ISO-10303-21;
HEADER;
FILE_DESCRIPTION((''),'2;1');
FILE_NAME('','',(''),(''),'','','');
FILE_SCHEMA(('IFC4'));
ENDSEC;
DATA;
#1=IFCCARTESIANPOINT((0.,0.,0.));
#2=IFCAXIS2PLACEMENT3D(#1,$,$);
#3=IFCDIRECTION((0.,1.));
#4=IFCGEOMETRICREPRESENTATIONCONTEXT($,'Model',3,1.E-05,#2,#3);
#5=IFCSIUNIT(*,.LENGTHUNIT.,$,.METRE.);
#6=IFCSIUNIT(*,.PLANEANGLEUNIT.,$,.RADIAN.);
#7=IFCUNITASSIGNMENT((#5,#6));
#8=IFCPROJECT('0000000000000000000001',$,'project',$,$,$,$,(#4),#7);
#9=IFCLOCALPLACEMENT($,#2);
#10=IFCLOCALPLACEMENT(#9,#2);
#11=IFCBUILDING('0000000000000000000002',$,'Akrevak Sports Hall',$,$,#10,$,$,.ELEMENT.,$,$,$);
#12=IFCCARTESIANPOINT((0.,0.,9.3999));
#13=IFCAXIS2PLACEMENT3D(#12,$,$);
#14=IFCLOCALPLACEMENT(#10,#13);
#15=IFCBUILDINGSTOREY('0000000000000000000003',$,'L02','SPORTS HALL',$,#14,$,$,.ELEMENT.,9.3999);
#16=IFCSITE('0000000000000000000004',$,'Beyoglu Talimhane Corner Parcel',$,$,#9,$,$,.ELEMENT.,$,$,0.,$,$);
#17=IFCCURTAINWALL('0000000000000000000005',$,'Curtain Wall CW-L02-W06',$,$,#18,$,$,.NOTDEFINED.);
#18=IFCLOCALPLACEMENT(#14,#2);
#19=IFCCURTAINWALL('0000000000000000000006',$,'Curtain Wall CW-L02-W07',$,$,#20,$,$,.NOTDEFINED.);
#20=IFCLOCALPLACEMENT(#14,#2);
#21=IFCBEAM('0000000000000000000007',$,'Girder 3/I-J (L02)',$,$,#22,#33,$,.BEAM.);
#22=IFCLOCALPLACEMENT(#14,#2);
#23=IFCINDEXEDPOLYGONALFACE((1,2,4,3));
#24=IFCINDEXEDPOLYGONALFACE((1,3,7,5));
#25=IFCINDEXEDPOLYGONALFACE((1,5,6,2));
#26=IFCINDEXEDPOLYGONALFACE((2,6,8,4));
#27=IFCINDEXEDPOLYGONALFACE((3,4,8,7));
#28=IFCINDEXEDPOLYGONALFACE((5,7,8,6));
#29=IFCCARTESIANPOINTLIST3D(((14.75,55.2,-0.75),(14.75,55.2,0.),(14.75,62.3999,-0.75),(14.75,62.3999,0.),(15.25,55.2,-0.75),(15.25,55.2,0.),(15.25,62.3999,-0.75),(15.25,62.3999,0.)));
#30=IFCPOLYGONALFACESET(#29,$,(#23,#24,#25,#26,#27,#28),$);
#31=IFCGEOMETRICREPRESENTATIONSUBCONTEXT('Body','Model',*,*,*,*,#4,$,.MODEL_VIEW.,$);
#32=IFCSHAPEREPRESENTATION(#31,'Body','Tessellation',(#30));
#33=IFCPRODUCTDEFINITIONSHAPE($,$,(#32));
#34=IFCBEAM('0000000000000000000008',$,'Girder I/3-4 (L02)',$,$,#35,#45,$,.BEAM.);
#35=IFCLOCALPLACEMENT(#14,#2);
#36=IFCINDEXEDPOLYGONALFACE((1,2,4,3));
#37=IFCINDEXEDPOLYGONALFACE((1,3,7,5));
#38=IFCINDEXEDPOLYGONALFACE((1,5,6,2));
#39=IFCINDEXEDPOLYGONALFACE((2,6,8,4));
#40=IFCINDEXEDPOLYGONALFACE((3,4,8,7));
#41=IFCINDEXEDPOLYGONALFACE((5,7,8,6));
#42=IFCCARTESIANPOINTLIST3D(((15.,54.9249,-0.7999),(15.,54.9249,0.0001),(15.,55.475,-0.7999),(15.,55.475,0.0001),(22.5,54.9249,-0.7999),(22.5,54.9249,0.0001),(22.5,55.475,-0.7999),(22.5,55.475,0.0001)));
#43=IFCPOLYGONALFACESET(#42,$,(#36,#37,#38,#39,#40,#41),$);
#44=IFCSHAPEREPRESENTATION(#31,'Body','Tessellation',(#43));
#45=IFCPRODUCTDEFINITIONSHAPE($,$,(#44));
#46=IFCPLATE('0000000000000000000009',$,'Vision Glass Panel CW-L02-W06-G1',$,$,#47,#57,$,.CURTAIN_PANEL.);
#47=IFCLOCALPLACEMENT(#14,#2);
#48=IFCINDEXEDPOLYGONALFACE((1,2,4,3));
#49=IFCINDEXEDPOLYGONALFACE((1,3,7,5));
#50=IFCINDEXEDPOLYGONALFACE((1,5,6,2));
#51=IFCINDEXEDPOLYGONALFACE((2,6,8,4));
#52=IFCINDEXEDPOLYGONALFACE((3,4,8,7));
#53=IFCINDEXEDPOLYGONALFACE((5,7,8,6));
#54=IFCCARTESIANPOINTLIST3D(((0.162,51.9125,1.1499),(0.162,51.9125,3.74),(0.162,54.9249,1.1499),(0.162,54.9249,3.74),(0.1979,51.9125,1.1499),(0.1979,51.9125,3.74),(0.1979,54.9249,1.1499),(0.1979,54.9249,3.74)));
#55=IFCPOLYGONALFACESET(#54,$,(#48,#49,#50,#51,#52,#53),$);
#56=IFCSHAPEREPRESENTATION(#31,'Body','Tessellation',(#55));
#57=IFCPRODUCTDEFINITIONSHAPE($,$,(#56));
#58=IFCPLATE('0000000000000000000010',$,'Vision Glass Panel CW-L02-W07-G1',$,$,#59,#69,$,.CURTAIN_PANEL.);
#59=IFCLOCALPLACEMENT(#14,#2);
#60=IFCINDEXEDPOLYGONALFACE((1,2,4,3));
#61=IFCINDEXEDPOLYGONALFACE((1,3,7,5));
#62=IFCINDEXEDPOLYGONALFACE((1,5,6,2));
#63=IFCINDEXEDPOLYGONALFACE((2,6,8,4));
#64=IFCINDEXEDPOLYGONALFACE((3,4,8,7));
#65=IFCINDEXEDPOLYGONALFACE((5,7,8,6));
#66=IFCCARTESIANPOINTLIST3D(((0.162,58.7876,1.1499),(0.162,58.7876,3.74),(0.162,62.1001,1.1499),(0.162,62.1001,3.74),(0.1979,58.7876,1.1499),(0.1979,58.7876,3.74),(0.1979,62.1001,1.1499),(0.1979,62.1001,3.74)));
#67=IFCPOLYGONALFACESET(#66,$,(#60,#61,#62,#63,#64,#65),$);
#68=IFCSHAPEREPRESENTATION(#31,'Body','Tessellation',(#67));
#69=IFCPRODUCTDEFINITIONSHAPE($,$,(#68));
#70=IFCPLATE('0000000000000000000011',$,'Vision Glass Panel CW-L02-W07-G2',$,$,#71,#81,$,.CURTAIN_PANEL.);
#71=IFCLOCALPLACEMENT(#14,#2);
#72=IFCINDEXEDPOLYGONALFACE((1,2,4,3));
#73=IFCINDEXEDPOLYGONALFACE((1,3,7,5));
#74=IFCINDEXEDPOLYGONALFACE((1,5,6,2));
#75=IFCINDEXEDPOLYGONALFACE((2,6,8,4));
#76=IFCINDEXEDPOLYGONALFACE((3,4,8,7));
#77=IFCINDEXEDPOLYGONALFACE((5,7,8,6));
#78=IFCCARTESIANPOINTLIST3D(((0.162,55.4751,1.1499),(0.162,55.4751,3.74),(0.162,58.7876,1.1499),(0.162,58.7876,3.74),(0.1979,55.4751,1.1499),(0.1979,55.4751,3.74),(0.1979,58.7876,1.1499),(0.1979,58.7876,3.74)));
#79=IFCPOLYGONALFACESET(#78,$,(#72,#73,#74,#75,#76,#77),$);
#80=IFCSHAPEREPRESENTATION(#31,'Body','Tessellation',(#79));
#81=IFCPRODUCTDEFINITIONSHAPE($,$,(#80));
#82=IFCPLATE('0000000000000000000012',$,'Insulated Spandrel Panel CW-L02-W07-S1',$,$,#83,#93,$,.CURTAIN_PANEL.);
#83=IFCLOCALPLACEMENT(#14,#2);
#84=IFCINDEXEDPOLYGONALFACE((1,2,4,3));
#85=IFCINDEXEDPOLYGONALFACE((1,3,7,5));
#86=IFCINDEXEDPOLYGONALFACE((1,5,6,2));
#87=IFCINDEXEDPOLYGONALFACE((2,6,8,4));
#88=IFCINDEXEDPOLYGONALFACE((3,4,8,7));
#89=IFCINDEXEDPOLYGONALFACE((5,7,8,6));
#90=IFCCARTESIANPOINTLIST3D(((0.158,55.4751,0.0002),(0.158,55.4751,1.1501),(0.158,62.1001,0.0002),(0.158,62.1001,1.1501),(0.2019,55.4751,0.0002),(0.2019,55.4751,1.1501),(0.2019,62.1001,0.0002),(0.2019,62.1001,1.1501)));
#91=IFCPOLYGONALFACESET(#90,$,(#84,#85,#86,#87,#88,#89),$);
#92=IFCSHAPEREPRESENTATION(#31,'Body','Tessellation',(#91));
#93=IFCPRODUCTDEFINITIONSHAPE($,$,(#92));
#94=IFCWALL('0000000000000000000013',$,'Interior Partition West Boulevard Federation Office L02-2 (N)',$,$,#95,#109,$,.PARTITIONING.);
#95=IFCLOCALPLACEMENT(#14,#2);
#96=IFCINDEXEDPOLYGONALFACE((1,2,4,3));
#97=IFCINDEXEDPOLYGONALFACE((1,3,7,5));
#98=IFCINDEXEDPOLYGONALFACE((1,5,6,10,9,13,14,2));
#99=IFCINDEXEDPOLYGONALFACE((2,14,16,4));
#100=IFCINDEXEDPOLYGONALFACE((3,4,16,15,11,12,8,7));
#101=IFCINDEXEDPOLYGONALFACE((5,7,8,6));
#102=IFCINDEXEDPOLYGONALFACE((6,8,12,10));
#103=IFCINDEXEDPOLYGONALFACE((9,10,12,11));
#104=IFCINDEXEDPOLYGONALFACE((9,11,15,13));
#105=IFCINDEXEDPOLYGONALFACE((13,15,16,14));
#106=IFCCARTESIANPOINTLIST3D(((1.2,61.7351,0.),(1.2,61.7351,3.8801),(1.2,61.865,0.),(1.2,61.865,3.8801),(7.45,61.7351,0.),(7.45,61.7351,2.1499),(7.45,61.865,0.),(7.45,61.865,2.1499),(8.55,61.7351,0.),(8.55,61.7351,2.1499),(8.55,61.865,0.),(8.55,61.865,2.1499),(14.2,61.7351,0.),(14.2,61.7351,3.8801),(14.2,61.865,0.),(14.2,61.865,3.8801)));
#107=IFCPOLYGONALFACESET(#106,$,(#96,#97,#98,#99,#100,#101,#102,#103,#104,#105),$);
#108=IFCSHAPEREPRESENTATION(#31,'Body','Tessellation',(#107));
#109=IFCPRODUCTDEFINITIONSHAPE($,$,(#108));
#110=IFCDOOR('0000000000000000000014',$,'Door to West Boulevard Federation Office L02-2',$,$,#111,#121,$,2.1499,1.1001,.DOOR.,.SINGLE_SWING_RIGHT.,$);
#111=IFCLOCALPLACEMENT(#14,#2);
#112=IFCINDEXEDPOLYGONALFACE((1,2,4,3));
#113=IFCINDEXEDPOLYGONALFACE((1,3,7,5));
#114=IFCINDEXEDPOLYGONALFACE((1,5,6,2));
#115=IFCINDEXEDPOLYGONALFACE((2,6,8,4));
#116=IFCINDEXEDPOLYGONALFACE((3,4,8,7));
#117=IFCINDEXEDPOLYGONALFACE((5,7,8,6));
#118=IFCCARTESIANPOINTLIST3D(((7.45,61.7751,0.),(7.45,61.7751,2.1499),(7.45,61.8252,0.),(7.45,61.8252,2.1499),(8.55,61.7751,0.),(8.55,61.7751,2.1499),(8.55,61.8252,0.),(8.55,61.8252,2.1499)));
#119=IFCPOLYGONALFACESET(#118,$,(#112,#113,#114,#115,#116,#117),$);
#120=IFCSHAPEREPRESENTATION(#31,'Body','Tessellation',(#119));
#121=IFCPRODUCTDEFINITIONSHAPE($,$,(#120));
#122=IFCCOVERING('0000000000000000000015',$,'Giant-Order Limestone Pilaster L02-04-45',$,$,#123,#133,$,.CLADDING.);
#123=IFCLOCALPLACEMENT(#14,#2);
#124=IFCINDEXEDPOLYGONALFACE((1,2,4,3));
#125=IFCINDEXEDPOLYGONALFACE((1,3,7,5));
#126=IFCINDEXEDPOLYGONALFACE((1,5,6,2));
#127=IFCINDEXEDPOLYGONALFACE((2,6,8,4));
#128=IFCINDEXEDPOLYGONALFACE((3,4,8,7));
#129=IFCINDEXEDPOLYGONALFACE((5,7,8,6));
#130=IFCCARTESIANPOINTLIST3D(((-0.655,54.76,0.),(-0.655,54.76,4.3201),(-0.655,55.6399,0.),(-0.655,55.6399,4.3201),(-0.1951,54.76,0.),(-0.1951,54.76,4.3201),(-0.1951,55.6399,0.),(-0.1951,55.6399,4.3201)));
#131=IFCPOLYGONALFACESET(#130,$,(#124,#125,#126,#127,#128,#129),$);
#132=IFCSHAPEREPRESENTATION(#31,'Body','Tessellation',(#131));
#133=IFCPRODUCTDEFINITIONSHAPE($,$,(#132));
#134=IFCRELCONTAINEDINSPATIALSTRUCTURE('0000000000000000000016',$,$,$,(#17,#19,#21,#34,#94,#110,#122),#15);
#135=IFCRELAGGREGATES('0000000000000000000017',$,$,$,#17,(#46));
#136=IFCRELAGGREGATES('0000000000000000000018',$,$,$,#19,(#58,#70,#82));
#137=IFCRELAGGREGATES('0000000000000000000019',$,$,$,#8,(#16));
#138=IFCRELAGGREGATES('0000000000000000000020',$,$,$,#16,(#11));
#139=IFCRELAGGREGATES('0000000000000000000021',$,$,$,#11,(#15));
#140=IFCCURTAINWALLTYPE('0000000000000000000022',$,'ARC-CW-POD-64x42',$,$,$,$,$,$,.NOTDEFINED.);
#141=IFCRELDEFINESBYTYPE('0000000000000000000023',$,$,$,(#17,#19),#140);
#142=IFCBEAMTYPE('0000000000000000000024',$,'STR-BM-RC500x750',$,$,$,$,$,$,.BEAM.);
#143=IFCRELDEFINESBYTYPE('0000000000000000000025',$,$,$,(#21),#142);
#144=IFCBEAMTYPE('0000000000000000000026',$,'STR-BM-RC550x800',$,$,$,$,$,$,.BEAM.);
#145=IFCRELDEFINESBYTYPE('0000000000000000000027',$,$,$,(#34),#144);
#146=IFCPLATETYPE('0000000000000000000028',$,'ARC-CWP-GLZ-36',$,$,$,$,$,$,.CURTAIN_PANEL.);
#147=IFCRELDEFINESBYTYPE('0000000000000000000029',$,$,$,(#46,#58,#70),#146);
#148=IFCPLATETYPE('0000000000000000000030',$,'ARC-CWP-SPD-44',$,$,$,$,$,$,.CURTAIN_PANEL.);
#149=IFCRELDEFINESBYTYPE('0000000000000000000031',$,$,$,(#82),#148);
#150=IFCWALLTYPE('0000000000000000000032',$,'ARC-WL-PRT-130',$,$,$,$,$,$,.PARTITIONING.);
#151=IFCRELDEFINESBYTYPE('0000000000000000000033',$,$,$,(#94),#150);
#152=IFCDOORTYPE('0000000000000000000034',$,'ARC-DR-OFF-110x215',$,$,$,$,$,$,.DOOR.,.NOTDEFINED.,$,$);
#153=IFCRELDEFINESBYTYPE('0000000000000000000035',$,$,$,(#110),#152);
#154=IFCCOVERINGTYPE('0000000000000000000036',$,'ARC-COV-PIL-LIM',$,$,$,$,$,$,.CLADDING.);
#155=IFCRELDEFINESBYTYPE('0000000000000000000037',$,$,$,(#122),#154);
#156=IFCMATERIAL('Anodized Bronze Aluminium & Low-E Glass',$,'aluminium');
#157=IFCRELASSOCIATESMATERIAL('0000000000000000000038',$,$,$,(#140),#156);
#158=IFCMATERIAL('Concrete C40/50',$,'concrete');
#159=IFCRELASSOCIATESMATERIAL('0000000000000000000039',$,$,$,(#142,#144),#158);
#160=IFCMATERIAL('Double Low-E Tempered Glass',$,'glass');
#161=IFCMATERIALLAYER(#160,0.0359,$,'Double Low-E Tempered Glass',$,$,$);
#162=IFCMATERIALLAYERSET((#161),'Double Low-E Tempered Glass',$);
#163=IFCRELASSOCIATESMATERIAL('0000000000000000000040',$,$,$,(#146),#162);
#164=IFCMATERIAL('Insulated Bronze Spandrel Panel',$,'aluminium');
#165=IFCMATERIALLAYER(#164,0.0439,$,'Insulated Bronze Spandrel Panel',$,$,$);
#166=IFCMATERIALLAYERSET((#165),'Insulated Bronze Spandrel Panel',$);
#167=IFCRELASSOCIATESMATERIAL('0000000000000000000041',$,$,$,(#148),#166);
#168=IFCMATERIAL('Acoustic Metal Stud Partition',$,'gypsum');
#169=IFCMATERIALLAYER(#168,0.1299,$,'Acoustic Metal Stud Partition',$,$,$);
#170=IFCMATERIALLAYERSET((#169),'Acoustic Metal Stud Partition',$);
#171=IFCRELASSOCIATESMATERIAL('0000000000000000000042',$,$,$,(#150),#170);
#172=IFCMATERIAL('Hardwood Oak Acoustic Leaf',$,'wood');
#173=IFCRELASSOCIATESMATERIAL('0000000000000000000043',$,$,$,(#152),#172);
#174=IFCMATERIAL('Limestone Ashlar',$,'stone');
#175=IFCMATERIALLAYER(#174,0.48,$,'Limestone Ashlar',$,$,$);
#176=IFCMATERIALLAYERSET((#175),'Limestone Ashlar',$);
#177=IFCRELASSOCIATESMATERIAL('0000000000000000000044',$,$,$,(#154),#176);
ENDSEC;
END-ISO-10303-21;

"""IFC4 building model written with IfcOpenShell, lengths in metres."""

from ifc_helpers import new_model, si_unit, direction, frame, frame_2d, origin, origin_2d, place, context, subcontext, project, spatial, rectangle, extrude, material, layer, layer_set, material_profile, profile_set, type_object, element, fill, aggregate, save


model = new_model("IFC4")

# Units and contexts
model_context = context("Model", 3, precision=1e-05, world=origin(), true_north=direction((0.0, 1.0)))
body_context = subcontext(model_context, "Body", "Model", "MODEL_VIEW")
ifc_project = project(units=[si_unit("LENGTHUNIT", "METRE"), si_unit("PLANEANGLEUNIT", "RADIAN")], contexts=[model_context])

# Site, building, storey
site_placement = place(None, origin())
site = spatial("IfcSite", under=ifc_project, at=site_placement, Name="Beyoglu Talimhane Corner Parcel", CompositionType="ELEMENT", RefElevation=0.0)
building_placement = place(site_placement, origin())
building = spatial("IfcBuilding", under=site, at=building_placement, Name="Akrevak Sports Hall", CompositionType="ELEMENT")
storey_placement = place(building_placement, frame((0.0, 0.0, 9.3999)))
storey = spatial("IfcBuildingStorey", under=building, at=storey_placement, Name="L02", Description="SPORTS HALL", CompositionType="ELEMENT", Elevation=9.3999)

# Shared definitions
ifc_material_1 = material(Name="Concrete C40/50", Category="concrete")

# Curtain wall
ifc_material_2 = material(Name="Anodized Bronze Aluminium & Low-E Glass", Category="aluminium")
curtain_wall_type = type_object("IfcCurtainWallType", Name="ARC-CW-POD-64x42", PredefinedType="NOTDEFINED", material=ifc_material_2)
curtain_wall_1_placement = place(storey_placement, origin())
curtain_wall_1 = element("IfcCurtainWall", 1, at=curtain_wall_1_placement, inside=storey, type_object=curtain_wall_type, Name="Curtain Wall CW-L02-W06", PredefinedType="NOTDEFINED")

# Curtain wall
curtain_wall_2_placement = place(storey_placement, origin())
curtain_wall_2 = element("IfcCurtainWall", 2, at=curtain_wall_2_placement, inside=storey, type_object=curtain_wall_type, Name="Curtain Wall CW-L02-W07", PredefinedType="NOTDEFINED")

# Beams
ifc_material_profile_1 = material_profile(ifc_material_1, rectangle(XDim=0.5, YDim=0.75, at=origin_2d()), Name="BM 500x750", Category="concrete")
ifc_profile_set_1 = profile_set([ifc_material_profile_1], Name="Concrete C40/50")
beam_type_1 = type_object("IfcBeamType", Name="STR-BM-RC500x750", PredefinedType="BEAM", material=ifc_profile_set_1)
for number, where, z_axis, x_axis, name in (
    (3, (15.0, 55.2, -0.375), (0.0, 1.0, 0.0), (-1.0, 0.0, 0.0), "Girder 3/I-J (L02)"),
):
    element("IfcBeam", number, at=place(storey_placement, frame(where, z_axis=z_axis, x_axis=x_axis)), inside=storey, type_object=beam_type_1, Name=name, PredefinedType="BEAM", context=body_context, shape_type="SweptSolid", body=[
        extrude(rectangle(XDim=0.5, YDim=0.75, at=origin_2d()), origin(), (0.0, 0.0, 1.0), 7.2),
    ])
ifc_material_profile_2 = material_profile(ifc_material_1, rectangle(XDim=0.55, YDim=0.8, at=origin_2d()), Name="BM 550x800", Category="concrete")
ifc_profile_set_2 = profile_set([ifc_material_profile_2], Name="Concrete C40/50")
beam_type_2 = type_object("IfcBeamType", Name="STR-BM-RC550x800", PredefinedType="BEAM", material=ifc_profile_set_2)
beam_1_placement = place(storey_placement, frame((15.0, 55.2, -0.3999), z_axis=(1.0, 0.0, 0.0), x_axis=(0.0, 1.0, 0.0)))
element("IfcBeam", 4, at=beam_1_placement, inside=storey, type_object=beam_type_2, Name="Girder I/3-4 (L02)", PredefinedType="BEAM", context=body_context, shape_type="SweptSolid", body=[
    extrude(rectangle(XDim=0.55, YDim=0.8, at=origin_2d()), origin(), (0.0, 0.0, 1.0), 7.5),
])

# Plates
ifc_material_3 = material(Name="Double Low-E Tempered Glass", Category="glass")
ifc_layer_1 = layer(ifc_material_3, 0.0359, Name="Double Low-E Tempered Glass")
ifc_layer_set_1 = layer_set([ifc_layer_1], Name="Double Low-E Tempered Glass")
plate_type_1 = type_object("IfcPlateType", Name="ARC-CWP-GLZ-36", PredefinedType="CURTAIN_PANEL", material=ifc_layer_set_1)
plate_1_placement = place(storey_placement, frame((0.1799, 53.4187, 1.1499), z_axis=(0.0, 0.0, 1.0), x_axis=(0.0, -1.0, 0.0)))
plate_1 = element("IfcPlate", 5, at=plate_1_placement, type_object=plate_type_1, Name="Vision Glass Panel CW-L02-W06-G1", PredefinedType="CURTAIN_PANEL", context=body_context, shape_type="SweptSolid", body=[
    extrude(rectangle(XDim=3.0125, YDim=0.0359, at=origin_2d()), origin(), (0.0, 0.0, 1.0), 2.5901),
])
aggregate(curtain_wall_1, [plate_1])
plate_2_placement = place(storey_placement, frame((0.1799, 60.4438, 1.1499), z_axis=(0.0, 0.0, 1.0), x_axis=(0.0, -1.0, 0.0)))
plate_2 = element("IfcPlate", 6, at=plate_2_placement, type_object=plate_type_1, Name="Vision Glass Panel CW-L02-W07-G1", PredefinedType="CURTAIN_PANEL", context=body_context, shape_type="SweptSolid", body=[
    extrude(rectangle(XDim=3.3125, YDim=0.0359, at=origin_2d()), origin(), (0.0, 0.0, 1.0), 2.5901),
])
plate_3_placement = place(storey_placement, frame((0.1799, 57.1313, 1.1499), z_axis=(0.0, 0.0, 1.0), x_axis=(0.0, -1.0, 0.0)))
plate_3 = element("IfcPlate", 7, at=plate_3_placement, type_object=plate_type_1, Name="Vision Glass Panel CW-L02-W07-G2", PredefinedType="CURTAIN_PANEL", context=body_context, shape_type="SweptSolid", body=[
    extrude(rectangle(XDim=3.3125, YDim=0.0359, at=origin_2d()), origin(), (0.0, 0.0, 1.0), 2.5901),
])
ifc_material_4 = material(Name="Insulated Bronze Spandrel Panel", Category="aluminium")
ifc_layer_2 = layer(ifc_material_4, 0.0439, Name="Insulated Bronze Spandrel Panel")
ifc_layer_set_2 = layer_set([ifc_layer_2], Name="Insulated Bronze Spandrel Panel")
plate_type_2 = type_object("IfcPlateType", Name="ARC-CWP-SPD-44", PredefinedType="CURTAIN_PANEL", material=ifc_layer_set_2)
plate_4_placement = place(storey_placement, frame((0.1799, 58.7876, 0.0002), z_axis=(0.0, 0.0, 1.0), x_axis=(0.0, -1.0, 0.0)))
plate_4 = element("IfcPlate", 8, at=plate_4_placement, type_object=plate_type_2, Name="Insulated Spandrel Panel CW-L02-W07-S1", PredefinedType="CURTAIN_PANEL", context=body_context, shape_type="SweptSolid", body=[
    extrude(rectangle(XDim=6.625, YDim=0.0439, at=origin_2d()), origin(), (0.0, 0.0, 1.0), 1.1499),
])
aggregate(curtain_wall_2, [plate_2, plate_3, plate_4])

# Wall, opening, door
ifc_material_5 = material(Name="Acoustic Metal Stud Partition", Category="gypsum")
ifc_layer_3 = layer(ifc_material_5, 0.1299, Name="Acoustic Metal Stud Partition")
ifc_layer_set_3 = layer_set([ifc_layer_3], Name="Acoustic Metal Stud Partition")
wall_type = type_object("IfcWallType", Name="ARC-WL-PRT-130", PredefinedType="PARTITIONING", material=ifc_layer_set_3)
wall_placement = place(storey_placement, frame((1.2, 61.8, 0.0), z_axis=(0.0, 0.0, 1.0), x_axis=(1.0, 0.0, 0.0)))
wall = element("IfcWall", 9, at=wall_placement, inside=storey, type_object=wall_type, Name="Interior Partition West Boulevard Federation Office L02-2 (N)", PredefinedType="PARTITIONING", context=body_context, shape_type="SweptSolid", body=[
    extrude(rectangle(XDim=13.0, YDim=0.1299, at=frame_2d((6.5, 0.0))), origin(), (0.0, 0.0, 1.0), 3.8801),
])
opening_placement = place(wall_placement, frame((6.25, 0.0, 0.0)))
opening = element("IfcOpeningElement", 10, at=opening_placement, cuts=wall, PredefinedType="OPENING", context=body_context, shape_type="SweptSolid", body=[
    extrude(rectangle(XDim=1.1001, YDim=2.1499, at=frame_2d((0.55, 1.075))), frame((0.0, 0.0769, 0.0), z_axis=(0.0, -1.0, 0.0), x_axis=(1.0, 0.0, 0.0)), (0.0, 0.0, 1.0), 0.1538),
])
ifc_material_6 = material(Name="Hardwood Oak Acoustic Leaf", Category="wood")
door_type = type_object("IfcDoorType", Name="ARC-DR-OFF-110x215", OperationType="NOTDEFINED", PredefinedType="DOOR", material=ifc_material_6)
door_placement = place(opening_placement, frame((1.1001, 0.0, 0.0), z_axis=(0.0, 0.0, 1.0), x_axis=(-1.0, 0.0, 0.0)))
door = element("IfcDoor", 11, at=door_placement, inside=storey, type_object=door_type, Name="Door to West Boulevard Federation Office L02-2", OperationType="SINGLE_SWING_RIGHT", OverallHeight=2.1499, OverallWidth=1.1001, PredefinedType="DOOR", context=body_context, shape_type="SweptSolid", body=[
    extrude(rectangle(XDim=1.1001, YDim=2.1499, at=frame_2d((0.55, 1.075))), frame((0.0, 0.0249, 0.0), z_axis=(0.0, -1.0, 0.0), x_axis=(1.0, 0.0, 0.0)), (0.0, 0.0, 1.0), 0.05),
])
fill(opening, door)

# Covering
ifc_material_7 = material(Name="Limestone Ashlar", Category="stone")
ifc_layer_4 = layer(ifc_material_7, 0.48, Name="Limestone Ashlar")
ifc_layer_set_4 = layer_set([ifc_layer_4], Name="Limestone Ashlar")
covering_type = type_object("IfcCoveringType", Name="ARC-COV-PIL-LIM", PredefinedType="CLADDING", material=ifc_layer_set_4)
covering_placement = place(storey_placement, frame((-0.425, 55.2, 0.0), z_axis=(0.0, 0.0, 1.0), x_axis=(0.0, -1.0, 0.0)))
element("IfcCovering", 12, at=covering_placement, inside=storey, type_object=covering_type, Name="Giant-Order Limestone Pilaster L02-04-45", PredefinedType="CLADDING", context=body_context, shape_type="SweptSolid", body=[
    extrude(rectangle(XDim=0.8799, YDim=0.46, at=origin_2d()), origin(), (0.0, 0.0, 1.0), 4.3201),
])

save(model, "model.ifc")
